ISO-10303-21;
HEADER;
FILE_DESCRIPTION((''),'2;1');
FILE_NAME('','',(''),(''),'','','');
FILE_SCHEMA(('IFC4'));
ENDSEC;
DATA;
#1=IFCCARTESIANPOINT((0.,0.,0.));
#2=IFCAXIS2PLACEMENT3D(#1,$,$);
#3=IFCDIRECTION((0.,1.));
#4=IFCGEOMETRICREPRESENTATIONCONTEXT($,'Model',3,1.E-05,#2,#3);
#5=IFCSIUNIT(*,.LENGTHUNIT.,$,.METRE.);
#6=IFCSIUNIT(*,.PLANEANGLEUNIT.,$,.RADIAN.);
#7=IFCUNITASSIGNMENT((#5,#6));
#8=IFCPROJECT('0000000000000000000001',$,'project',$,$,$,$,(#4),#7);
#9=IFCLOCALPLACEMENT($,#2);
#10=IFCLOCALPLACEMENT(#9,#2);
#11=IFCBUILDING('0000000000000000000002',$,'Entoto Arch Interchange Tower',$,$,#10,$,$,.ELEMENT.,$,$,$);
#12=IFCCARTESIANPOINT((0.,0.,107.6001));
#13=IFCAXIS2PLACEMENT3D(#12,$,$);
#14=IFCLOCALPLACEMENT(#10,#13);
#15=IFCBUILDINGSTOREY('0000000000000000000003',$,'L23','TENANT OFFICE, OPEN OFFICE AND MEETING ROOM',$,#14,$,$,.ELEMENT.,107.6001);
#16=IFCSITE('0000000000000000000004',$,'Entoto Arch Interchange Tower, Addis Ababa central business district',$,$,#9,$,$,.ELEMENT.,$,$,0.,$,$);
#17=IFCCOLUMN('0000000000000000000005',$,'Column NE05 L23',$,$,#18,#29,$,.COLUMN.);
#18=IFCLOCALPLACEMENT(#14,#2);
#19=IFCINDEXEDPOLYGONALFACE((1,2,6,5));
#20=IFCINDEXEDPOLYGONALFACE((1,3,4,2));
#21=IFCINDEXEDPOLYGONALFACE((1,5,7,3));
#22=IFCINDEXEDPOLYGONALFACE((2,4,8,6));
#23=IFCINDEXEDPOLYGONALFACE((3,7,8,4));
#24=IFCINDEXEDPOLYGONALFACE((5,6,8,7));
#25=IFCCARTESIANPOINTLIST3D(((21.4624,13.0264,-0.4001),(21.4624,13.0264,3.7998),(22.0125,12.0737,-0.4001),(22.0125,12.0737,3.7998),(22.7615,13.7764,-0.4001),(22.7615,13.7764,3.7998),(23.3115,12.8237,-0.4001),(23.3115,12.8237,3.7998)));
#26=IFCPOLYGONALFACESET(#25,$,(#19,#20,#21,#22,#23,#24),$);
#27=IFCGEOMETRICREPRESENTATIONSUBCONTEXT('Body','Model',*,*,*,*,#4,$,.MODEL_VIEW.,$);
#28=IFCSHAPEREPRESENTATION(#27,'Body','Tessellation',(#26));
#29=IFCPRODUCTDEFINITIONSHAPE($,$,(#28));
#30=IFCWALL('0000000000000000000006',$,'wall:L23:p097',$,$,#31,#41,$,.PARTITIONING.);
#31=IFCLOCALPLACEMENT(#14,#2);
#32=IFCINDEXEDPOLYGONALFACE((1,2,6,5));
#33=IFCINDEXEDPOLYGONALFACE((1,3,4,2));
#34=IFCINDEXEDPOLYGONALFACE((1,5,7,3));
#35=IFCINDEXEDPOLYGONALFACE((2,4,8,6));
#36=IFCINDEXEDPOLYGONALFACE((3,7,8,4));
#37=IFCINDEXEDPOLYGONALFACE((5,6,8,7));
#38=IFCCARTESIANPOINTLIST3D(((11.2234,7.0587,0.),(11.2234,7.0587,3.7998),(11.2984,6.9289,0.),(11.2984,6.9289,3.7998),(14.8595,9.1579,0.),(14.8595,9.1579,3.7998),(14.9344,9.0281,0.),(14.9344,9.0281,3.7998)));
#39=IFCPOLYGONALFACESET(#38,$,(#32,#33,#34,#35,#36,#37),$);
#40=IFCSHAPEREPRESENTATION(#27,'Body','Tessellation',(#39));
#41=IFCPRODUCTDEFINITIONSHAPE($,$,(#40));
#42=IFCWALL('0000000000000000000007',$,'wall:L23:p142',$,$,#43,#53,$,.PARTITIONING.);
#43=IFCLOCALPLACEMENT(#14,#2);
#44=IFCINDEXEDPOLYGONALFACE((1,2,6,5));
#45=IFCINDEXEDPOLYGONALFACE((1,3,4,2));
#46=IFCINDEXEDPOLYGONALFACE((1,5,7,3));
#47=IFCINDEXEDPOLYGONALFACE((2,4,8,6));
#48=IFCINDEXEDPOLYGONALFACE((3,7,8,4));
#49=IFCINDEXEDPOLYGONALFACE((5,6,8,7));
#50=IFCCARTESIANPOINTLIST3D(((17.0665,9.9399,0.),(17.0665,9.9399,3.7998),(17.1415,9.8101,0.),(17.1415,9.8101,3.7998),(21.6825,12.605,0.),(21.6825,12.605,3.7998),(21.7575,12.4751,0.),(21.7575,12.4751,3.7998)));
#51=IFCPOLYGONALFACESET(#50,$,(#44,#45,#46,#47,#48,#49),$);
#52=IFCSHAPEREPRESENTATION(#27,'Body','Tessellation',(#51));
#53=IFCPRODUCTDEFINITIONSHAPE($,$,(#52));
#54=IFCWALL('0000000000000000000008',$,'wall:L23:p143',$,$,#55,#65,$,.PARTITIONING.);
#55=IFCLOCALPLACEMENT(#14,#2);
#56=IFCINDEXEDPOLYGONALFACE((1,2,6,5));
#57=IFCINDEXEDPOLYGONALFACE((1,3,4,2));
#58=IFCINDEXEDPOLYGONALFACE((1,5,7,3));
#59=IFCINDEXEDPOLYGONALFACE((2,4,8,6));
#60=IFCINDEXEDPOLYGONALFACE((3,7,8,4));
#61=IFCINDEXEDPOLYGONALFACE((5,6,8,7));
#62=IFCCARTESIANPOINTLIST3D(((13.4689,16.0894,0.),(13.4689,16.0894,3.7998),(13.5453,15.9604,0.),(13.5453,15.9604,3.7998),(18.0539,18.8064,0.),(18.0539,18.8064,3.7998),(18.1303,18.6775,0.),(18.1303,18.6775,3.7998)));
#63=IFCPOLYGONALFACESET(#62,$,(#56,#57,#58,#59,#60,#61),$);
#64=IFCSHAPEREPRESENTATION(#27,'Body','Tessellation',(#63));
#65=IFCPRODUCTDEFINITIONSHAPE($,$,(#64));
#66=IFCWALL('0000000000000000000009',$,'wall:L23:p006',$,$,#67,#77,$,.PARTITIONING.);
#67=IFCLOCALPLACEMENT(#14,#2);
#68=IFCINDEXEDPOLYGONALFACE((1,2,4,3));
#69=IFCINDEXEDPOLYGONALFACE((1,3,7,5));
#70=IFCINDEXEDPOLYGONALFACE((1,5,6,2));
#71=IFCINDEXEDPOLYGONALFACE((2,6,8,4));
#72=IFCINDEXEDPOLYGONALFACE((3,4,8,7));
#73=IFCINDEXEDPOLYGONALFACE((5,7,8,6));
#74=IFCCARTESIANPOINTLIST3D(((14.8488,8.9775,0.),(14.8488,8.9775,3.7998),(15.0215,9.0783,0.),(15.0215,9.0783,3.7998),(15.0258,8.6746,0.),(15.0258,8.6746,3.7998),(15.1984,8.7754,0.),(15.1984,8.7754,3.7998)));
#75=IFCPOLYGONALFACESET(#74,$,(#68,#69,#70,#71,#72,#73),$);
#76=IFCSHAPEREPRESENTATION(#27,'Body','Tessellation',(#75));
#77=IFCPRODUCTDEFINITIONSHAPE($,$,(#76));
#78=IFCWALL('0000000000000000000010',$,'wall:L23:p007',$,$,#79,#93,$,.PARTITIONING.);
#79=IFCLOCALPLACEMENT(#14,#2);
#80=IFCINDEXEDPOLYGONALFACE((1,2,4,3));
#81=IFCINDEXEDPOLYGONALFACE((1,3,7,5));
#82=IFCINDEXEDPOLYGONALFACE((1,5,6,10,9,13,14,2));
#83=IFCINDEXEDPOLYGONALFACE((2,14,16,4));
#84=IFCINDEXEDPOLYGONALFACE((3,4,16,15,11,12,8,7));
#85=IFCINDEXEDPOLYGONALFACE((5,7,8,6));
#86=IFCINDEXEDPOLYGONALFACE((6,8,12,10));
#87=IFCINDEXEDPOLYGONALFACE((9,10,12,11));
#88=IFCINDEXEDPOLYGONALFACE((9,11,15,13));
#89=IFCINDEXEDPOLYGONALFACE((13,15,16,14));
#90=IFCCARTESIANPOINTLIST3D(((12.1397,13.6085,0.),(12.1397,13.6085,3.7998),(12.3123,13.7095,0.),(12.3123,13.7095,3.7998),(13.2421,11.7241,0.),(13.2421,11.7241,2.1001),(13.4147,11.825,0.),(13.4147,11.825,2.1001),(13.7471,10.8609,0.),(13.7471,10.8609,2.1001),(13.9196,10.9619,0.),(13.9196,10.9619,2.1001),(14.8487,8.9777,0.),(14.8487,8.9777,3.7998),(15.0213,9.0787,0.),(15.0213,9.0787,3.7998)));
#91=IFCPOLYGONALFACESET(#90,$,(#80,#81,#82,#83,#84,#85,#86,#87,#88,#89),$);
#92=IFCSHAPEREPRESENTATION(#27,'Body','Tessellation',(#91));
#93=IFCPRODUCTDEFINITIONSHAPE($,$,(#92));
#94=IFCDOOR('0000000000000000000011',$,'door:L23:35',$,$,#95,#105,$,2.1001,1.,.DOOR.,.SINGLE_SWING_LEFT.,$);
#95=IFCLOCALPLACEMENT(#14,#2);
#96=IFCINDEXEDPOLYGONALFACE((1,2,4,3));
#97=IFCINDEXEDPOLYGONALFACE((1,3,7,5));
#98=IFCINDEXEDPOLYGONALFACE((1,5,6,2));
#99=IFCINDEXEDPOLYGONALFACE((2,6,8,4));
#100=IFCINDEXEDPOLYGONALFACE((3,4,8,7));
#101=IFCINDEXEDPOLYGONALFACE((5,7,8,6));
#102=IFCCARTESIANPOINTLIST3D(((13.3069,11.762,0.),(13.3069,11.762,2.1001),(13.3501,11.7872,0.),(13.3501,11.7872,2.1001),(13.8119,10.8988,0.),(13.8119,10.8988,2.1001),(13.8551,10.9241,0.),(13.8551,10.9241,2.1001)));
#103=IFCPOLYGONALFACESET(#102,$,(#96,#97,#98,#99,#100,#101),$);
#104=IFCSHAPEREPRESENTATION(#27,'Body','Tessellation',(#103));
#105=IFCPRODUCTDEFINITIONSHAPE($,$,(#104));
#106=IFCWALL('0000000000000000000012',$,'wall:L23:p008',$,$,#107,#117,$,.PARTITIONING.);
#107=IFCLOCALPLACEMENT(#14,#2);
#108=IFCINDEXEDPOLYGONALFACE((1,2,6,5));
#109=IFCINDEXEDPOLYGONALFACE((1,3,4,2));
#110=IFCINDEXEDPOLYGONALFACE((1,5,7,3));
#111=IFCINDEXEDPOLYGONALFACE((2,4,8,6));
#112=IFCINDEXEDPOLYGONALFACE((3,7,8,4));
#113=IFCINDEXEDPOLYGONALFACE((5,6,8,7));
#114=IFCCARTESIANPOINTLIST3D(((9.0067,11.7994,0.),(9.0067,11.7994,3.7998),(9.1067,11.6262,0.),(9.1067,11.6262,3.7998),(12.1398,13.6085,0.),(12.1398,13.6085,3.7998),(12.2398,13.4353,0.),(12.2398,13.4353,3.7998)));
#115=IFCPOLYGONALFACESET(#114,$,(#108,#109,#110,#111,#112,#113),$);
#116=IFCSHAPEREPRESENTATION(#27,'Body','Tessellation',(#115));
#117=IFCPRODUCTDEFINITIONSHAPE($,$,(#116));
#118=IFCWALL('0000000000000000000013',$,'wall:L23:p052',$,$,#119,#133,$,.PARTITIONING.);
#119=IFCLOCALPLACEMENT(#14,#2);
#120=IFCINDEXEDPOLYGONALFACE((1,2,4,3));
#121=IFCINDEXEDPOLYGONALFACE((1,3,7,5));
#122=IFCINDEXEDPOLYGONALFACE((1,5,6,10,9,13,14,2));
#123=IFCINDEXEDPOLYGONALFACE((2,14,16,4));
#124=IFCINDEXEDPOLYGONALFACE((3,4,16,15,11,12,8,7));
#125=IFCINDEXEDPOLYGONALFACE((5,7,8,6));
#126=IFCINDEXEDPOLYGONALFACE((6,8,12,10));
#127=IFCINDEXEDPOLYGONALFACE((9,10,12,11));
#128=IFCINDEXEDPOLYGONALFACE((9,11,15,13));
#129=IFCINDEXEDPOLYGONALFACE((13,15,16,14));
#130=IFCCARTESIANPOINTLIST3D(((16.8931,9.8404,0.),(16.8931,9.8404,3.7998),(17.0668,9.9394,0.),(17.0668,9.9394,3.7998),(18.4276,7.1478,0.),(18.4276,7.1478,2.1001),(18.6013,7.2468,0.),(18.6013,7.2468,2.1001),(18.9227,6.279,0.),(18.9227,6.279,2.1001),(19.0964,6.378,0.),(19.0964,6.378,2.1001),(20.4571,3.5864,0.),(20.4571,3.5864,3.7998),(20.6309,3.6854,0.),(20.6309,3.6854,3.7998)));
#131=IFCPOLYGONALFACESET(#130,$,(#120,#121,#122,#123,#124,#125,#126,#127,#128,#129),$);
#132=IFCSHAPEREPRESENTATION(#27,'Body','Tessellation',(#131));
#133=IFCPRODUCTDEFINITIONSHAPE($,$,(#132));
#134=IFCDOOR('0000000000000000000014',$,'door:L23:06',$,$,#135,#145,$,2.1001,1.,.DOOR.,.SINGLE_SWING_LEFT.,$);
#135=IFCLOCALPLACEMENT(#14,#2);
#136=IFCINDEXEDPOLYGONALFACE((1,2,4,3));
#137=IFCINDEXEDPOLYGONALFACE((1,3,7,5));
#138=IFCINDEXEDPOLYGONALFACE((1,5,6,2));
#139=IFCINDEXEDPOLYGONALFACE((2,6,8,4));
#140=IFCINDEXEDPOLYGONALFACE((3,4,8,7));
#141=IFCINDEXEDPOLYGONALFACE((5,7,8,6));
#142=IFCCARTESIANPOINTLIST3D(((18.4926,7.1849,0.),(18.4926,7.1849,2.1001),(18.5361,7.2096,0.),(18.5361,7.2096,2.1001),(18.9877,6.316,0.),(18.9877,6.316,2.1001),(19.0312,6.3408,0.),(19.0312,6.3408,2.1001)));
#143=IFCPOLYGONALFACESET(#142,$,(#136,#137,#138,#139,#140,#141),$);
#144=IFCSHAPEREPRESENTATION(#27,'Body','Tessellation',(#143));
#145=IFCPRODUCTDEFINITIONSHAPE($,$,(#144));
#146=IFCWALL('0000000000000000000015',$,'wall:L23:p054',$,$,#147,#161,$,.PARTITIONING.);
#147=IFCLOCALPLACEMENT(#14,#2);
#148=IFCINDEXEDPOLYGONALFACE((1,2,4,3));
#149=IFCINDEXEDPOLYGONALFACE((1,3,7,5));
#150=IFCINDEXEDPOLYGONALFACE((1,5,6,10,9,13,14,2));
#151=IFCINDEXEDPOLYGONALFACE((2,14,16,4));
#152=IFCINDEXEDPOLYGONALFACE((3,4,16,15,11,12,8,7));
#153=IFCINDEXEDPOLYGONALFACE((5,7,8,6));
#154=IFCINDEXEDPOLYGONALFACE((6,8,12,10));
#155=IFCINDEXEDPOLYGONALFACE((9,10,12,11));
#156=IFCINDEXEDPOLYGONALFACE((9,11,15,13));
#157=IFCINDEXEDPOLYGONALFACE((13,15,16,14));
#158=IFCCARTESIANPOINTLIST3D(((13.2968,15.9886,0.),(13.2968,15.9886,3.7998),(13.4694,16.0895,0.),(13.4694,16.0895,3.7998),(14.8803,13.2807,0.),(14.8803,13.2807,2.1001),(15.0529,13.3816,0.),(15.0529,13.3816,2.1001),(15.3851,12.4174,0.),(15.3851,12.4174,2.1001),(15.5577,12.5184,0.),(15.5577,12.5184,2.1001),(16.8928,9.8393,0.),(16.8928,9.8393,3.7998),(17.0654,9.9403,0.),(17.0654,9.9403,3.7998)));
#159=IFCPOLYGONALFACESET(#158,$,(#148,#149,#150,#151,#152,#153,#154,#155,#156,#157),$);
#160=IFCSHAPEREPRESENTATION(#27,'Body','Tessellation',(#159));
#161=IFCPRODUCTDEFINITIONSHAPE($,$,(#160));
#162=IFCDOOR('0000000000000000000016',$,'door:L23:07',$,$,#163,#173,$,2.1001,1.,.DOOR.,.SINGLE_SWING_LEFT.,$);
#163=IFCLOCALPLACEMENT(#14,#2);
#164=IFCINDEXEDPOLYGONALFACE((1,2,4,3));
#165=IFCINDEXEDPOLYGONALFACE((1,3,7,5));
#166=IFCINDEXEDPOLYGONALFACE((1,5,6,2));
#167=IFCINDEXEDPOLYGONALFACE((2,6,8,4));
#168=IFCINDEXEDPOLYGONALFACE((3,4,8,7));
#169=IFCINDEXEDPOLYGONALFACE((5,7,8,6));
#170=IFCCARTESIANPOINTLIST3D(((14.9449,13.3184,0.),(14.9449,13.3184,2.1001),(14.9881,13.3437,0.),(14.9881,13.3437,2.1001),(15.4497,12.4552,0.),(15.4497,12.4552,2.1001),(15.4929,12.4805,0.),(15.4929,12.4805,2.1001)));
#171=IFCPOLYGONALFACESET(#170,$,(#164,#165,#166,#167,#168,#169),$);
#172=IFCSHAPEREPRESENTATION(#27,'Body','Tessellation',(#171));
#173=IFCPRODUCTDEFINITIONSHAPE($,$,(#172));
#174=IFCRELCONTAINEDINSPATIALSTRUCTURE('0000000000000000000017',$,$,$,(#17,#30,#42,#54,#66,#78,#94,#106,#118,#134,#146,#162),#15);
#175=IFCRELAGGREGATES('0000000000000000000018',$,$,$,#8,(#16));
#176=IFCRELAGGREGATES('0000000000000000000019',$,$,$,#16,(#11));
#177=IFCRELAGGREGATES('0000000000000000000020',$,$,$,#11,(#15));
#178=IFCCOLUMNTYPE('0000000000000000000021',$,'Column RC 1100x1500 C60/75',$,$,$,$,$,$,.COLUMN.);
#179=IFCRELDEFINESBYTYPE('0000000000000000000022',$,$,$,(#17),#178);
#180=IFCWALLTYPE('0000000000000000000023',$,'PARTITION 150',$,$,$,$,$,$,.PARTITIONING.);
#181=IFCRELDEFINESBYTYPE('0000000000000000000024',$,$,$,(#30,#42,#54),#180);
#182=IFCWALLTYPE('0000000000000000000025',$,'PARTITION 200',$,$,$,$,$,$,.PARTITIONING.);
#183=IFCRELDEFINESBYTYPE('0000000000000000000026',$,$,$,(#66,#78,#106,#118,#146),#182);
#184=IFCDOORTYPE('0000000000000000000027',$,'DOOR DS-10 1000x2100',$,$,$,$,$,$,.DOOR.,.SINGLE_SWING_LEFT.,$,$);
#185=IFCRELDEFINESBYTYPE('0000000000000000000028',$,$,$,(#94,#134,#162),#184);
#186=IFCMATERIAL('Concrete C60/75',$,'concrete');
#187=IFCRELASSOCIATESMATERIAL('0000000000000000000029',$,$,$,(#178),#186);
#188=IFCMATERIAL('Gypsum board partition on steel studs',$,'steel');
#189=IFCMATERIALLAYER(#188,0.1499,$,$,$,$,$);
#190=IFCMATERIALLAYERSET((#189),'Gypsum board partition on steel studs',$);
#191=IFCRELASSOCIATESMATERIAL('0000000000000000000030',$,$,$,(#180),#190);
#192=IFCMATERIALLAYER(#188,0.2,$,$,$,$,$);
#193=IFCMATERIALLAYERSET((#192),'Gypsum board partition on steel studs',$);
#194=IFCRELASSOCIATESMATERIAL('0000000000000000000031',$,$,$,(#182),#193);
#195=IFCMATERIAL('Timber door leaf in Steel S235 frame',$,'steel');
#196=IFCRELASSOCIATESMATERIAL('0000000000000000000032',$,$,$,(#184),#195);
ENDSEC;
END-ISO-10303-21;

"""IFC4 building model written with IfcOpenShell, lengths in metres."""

from ifc_helpers import new_model, si_unit, direction, frame, frame_2d, origin, origin_2d, place, context, subcontext, project, spatial, rectangle, extrude, material, layer, layer_set, material_profile, profile_set, type_object, element, fill, save


model = new_model("IFC4")

# Units and contexts
model_context = context("Model", 3, precision=1e-05, world=origin(), true_north=direction((0.0, 1.0)))
body_context = subcontext(model_context, "Body", "Model", "MODEL_VIEW")
ifc_project = project(units=[si_unit("LENGTHUNIT", "METRE"), si_unit("PLANEANGLEUNIT", "RADIAN")], contexts=[model_context])

# Site, building, storey
site_placement = place(None, origin())
site = spatial("IfcSite", under=ifc_project, at=site_placement, Name="Entoto Arch Interchange Tower, Addis Ababa central business district", CompositionType="ELEMENT", RefElevation=0.0)
building_placement = place(site_placement, origin())
building = spatial("IfcBuilding", under=site, at=building_placement, Name="Entoto Arch Interchange Tower", CompositionType="ELEMENT")
storey_placement = place(building_placement, frame((0.0, 0.0, 107.6001)))
storey = spatial("IfcBuildingStorey", under=building, at=storey_placement, Name="L23", Description="TENANT OFFICE, OPEN OFFICE AND MEETING ROOM", CompositionType="ELEMENT", Elevation=107.6001)

# Column
ifc_material_1 = material(Name="Concrete C60/75", Category="concrete")
ifc_material_profile = material_profile(ifc_material_1, rectangle(XDim=1.1001, YDim=1.5, at=origin_2d()))
ifc_profile_set = profile_set([ifc_material_profile], Name="Concrete C60/75")
column_type = type_object("IfcColumnType", Name="Column RC 1100x1500 C60/75", PredefinedType="COLUMN", material=ifc_profile_set)
column_placement = place(storey_placement, frame((22.387, 12.925, -0.4001), z_axis=(0.0, 0.0, 1.0), x_axis=(-0.5, 0.866025, 0.0)))
element("IfcColumn", 1, at=column_placement, inside=storey, type_object=column_type, Name="Column NE05 L23", PredefinedType="COLUMN", context=body_context, shape_type="SweptSolid", body=[
    extrude(rectangle(XDim=1.1001, YDim=1.5, at=origin_2d()), origin(), (0.0, 0.0, 1.0), 4.2),
])

# Walls
ifc_material_2 = material(Name="Gypsum board partition on steel studs", Category="steel")
ifc_layer_1 = layer(ifc_material_2, 0.1499)
ifc_layer_set_1 = layer_set([ifc_layer_1], Name="Gypsum board partition on steel studs")
wall_type_1 = type_object("IfcWallType", Name="PARTITION 150", PredefinedType="PARTITIONING", material=ifc_layer_set_1)
wall_1_placement = place(storey_placement, frame((11.261, 6.9939, 0.0), z_axis=(0.0, 0.0, 1.0), x_axis=(0.866037, 0.499979, 0.0)))
element("IfcWall", 2, at=wall_1_placement, inside=storey, type_object=wall_type_1, Name="wall:L23:p097", PredefinedType="PARTITIONING", context=body_context, shape_type="SweptSolid", body=[
    extrude(rectangle(XDim=4.1985, YDim=0.1499, at=frame_2d((2.0991, 0.0))), origin(), (0.0, 0.0, 1.0), 3.7998),
])
wall_2_placement = place(storey_placement, frame((17.104, 9.875, 0.0), z_axis=(0.0, 0.0, 1.0), x_axis=(0.866025, 0.500001, 0.0)))
element("IfcWall", 3, at=wall_2_placement, inside=storey, type_object=wall_type_1, Name="wall:L23:p142", PredefinedType="PARTITIONING", context=body_context, shape_type="SweptSolid", body=[
    extrude(rectangle(XDim=5.3301, YDim=0.1499, at=frame_2d((2.665, 0.0))), origin(), (0.0, 0.0, 1.0), 3.7998),
])
wall_3_placement = place(storey_placement, frame((13.5071, 16.0249, 0.0), z_axis=(0.0, 0.0, 1.0), x_axis=(0.860289, 0.509806, 0.0)))
element("IfcWall", 4, at=wall_3_placement, inside=storey, type_object=wall_type_1, Name="wall:L23:p143", PredefinedType="PARTITIONING", context=body_context, shape_type="SweptSolid", body=[
    extrude(rectangle(XDim=5.3296, YDim=0.1499, at=frame_2d((2.6648, 0.0))), origin(), (0.0, 0.0, 1.0), 3.7998),
])
ifc_layer_2 = layer(ifc_material_2, 0.2)
ifc_layer_set_2 = layer_set([ifc_layer_2], Name="Gypsum board partition on steel studs")
wall_type_2 = type_object("IfcWallType", Name="PARTITION 200", PredefinedType="PARTITIONING", material=ifc_layer_set_2)
wall_4_placement = place(storey_placement, frame((15.1121, 8.7251, 0.0), z_axis=(0.0, 0.0, 1.0), x_axis=(-0.504433, 0.863451, 0.0)))
element("IfcWall", 5, at=wall_4_placement, inside=storey, type_object=wall_type_2, Name="wall:L23:p006", PredefinedType="PARTITIONING", context=body_context, shape_type="SweptSolid", body=[
    extrude(rectangle(XDim=0.3508, YDim=0.2, at=frame_2d((0.1753, 0.0))), origin(), (0.0, 0.0, 1.0), 3.7998),
])

# Wall, opening, door
wall_5_placement = place(storey_placement, frame((14.9351, 9.0281, 0.0), z_axis=(0.0, 0.0, 1.0), x_axis=(-0.504934, 0.863158, 0.0)))
wall_5 = element("IfcWall", 6, at=wall_5_placement, inside=storey, type_object=wall_type_2, Name="wall:L23:p007", PredefinedType="PARTITIONING", context=body_context, shape_type="SweptSolid", body=[
    extrude(rectangle(XDim=5.365, YDim=0.2, at=frame_2d((2.6826, 0.0))), origin(), (0.0, 0.0, 1.0), 3.7998),
])
opening_1_placement = place(wall_5_placement, frame((2.1819, 0.0, 0.0)))
opening_1 = element("IfcOpeningElement", 7, at=opening_1_placement, cuts=wall_5, PredefinedType="OPENING", context=body_context, shape_type="SweptSolid", body=[
    extrude(rectangle(XDim=1.0, YDim=2.1001, at=frame_2d((0.5, 1.05))), frame((0.0, 0.1099, 0.0), z_axis=(0.0, -1.0, 0.0), x_axis=(1.0, 0.0, 0.0)), (0.0, 0.0, 1.0), 0.22),
])
ifc_material_3 = material(Name="Timber door leaf in Steel S235 frame", Category="steel")
door_type = type_object("IfcDoorType", Name="DOOR DS-10 1000x2100", OperationType="SINGLE_SWING_LEFT", PredefinedType="DOOR", material=ifc_material_3)
door_1_placement = place(opening_1_placement, origin())
door_1 = element("IfcDoor", 8, at=door_1_placement, inside=storey, type_object=door_type, Name="door:L23:35", OperationType="SINGLE_SWING_LEFT", OverallHeight=2.1001, OverallWidth=1.0, PredefinedType="DOOR", context=body_context, shape_type="SweptSolid", body=[
    extrude(rectangle(XDim=1.0, YDim=2.1001, at=frame_2d((0.5, 1.05))), frame((0.0, 0.0249, 0.0), z_axis=(0.0, -1.0, 0.0), x_axis=(1.0, 0.0, 0.0)), (0.0, 0.0, 1.0), 0.05),
])
fill(opening_1, door_1)

# Wall
wall_6_placement = place(storey_placement, frame((12.1899, 13.522, 0.0), z_axis=(0.0, 0.0, 1.0), x_axis=(-0.866, -0.500044, 0.0)))
element("IfcWall", 9, at=wall_6_placement, inside=storey, type_object=wall_type_2, Name="wall:L23:p008", PredefinedType="PARTITIONING", context=body_context, shape_type="SweptSolid", body=[
    extrude(rectangle(XDim=3.6179, YDim=0.2, at=frame_2d((1.8091, 0.0))), origin(), (0.0, 0.0, 1.0), 3.7998),
])

# Walls, openings, doors
wall_7_placement = place(storey_placement, frame((16.98, 9.8899, 0.0), z_axis=(0.0, 0.0, 1.0), x_axis=(0.495123, -0.868823, 0.0)))
wall_7 = element("IfcWall", 10, at=wall_7_placement, inside=storey, type_object=wall_type_2, Name="wall:L23:p052", PredefinedType="PARTITIONING", context=body_context, shape_type="SweptSolid", body=[
    extrude(rectangle(XDim=7.1982, YDim=0.2, at=frame_2d((3.5991, 0.0))), origin(), (0.0, 0.0, 1.0), 3.7998),
])
opening_2_placement = place(wall_7_placement, frame((3.0991, 0.0, 0.0)))
opening_2 = element("IfcOpeningElement", 11, at=opening_2_placement, cuts=wall_7, PredefinedType="OPENING", context=body_context, shape_type="SweptSolid", body=[
    extrude(rectangle(XDim=1.0, YDim=2.1001, at=frame_2d((0.5, 1.05))), frame((0.0, 0.1099, 0.0), z_axis=(0.0, -1.0, 0.0), x_axis=(1.0, 0.0, 0.0)), (0.0, 0.0, 1.0), 0.22),
])
door_2_placement = place(opening_2_placement, origin())
door_2 = element("IfcDoor", 12, at=door_2_placement, inside=storey, type_object=door_type, Name="door:L23:06", OperationType="SINGLE_SWING_LEFT", OverallHeight=2.1001, OverallWidth=1.0, PredefinedType="DOOR", context=body_context, shape_type="SweptSolid", body=[
    extrude(rectangle(XDim=1.0, YDim=2.1001, at=frame_2d((0.5, 1.05))), frame((0.0, 0.0249, 0.0), z_axis=(0.0, -1.0, 0.0), x_axis=(1.0, 0.0, 0.0)), (0.0, 0.0, 1.0), 0.05),
])
fill(opening_2, door_2)
wall_8_placement = place(storey_placement, frame((13.3831, 16.0391, 0.0), z_axis=(0.0, 0.0, 1.0), x_axis=(0.504806, -0.863233, 0.0)))
wall_8 = element("IfcWall", 13, at=wall_8_placement, inside=storey, type_object=wall_type_2, Name="wall:L23:p054", PredefinedType="PARTITIONING", context=body_context, shape_type="SweptSolid", body=[
    extrude(rectangle(XDim=7.1235, YDim=0.2, at=frame_2d((3.5618, 0.0))), origin(), (0.0, 0.0, 1.0), 3.7998),
])
opening_3_placement = place(wall_8_placement, frame((3.137, 0.0, 0.0)))
opening_3 = element("IfcOpeningElement", 14, at=opening_3_placement, cuts=wall_8, PredefinedType="OPENING", context=body_context, shape_type="SweptSolid", body=[
    extrude(rectangle(XDim=1.0, YDim=2.1001, at=frame_2d((0.5, 1.05))), frame((0.0, 0.1099, 0.0), z_axis=(0.0, -1.0, 0.0), x_axis=(1.0, 0.0, 0.0)), (0.0, 0.0, 1.0), 0.22),
])
door_3_placement = place(opening_3_placement, origin())
door_3 = element("IfcDoor", 15, at=door_3_placement, inside=storey, type_object=door_type, Name="door:L23:07", OperationType="SINGLE_SWING_LEFT", OverallHeight=2.1001, OverallWidth=1.0, PredefinedType="DOOR", context=body_context, shape_type="SweptSolid", body=[
    extrude(rectangle(XDim=1.0, YDim=2.1001, at=frame_2d((0.5, 1.05))), frame((0.0, 0.0249, 0.0), z_axis=(0.0, -1.0, 0.0), x_axis=(1.0, 0.0, 0.0)), (0.0, 0.0, 1.0), 0.05),
])
fill(opening_3, door_3)

save(model, "model.ifc")
